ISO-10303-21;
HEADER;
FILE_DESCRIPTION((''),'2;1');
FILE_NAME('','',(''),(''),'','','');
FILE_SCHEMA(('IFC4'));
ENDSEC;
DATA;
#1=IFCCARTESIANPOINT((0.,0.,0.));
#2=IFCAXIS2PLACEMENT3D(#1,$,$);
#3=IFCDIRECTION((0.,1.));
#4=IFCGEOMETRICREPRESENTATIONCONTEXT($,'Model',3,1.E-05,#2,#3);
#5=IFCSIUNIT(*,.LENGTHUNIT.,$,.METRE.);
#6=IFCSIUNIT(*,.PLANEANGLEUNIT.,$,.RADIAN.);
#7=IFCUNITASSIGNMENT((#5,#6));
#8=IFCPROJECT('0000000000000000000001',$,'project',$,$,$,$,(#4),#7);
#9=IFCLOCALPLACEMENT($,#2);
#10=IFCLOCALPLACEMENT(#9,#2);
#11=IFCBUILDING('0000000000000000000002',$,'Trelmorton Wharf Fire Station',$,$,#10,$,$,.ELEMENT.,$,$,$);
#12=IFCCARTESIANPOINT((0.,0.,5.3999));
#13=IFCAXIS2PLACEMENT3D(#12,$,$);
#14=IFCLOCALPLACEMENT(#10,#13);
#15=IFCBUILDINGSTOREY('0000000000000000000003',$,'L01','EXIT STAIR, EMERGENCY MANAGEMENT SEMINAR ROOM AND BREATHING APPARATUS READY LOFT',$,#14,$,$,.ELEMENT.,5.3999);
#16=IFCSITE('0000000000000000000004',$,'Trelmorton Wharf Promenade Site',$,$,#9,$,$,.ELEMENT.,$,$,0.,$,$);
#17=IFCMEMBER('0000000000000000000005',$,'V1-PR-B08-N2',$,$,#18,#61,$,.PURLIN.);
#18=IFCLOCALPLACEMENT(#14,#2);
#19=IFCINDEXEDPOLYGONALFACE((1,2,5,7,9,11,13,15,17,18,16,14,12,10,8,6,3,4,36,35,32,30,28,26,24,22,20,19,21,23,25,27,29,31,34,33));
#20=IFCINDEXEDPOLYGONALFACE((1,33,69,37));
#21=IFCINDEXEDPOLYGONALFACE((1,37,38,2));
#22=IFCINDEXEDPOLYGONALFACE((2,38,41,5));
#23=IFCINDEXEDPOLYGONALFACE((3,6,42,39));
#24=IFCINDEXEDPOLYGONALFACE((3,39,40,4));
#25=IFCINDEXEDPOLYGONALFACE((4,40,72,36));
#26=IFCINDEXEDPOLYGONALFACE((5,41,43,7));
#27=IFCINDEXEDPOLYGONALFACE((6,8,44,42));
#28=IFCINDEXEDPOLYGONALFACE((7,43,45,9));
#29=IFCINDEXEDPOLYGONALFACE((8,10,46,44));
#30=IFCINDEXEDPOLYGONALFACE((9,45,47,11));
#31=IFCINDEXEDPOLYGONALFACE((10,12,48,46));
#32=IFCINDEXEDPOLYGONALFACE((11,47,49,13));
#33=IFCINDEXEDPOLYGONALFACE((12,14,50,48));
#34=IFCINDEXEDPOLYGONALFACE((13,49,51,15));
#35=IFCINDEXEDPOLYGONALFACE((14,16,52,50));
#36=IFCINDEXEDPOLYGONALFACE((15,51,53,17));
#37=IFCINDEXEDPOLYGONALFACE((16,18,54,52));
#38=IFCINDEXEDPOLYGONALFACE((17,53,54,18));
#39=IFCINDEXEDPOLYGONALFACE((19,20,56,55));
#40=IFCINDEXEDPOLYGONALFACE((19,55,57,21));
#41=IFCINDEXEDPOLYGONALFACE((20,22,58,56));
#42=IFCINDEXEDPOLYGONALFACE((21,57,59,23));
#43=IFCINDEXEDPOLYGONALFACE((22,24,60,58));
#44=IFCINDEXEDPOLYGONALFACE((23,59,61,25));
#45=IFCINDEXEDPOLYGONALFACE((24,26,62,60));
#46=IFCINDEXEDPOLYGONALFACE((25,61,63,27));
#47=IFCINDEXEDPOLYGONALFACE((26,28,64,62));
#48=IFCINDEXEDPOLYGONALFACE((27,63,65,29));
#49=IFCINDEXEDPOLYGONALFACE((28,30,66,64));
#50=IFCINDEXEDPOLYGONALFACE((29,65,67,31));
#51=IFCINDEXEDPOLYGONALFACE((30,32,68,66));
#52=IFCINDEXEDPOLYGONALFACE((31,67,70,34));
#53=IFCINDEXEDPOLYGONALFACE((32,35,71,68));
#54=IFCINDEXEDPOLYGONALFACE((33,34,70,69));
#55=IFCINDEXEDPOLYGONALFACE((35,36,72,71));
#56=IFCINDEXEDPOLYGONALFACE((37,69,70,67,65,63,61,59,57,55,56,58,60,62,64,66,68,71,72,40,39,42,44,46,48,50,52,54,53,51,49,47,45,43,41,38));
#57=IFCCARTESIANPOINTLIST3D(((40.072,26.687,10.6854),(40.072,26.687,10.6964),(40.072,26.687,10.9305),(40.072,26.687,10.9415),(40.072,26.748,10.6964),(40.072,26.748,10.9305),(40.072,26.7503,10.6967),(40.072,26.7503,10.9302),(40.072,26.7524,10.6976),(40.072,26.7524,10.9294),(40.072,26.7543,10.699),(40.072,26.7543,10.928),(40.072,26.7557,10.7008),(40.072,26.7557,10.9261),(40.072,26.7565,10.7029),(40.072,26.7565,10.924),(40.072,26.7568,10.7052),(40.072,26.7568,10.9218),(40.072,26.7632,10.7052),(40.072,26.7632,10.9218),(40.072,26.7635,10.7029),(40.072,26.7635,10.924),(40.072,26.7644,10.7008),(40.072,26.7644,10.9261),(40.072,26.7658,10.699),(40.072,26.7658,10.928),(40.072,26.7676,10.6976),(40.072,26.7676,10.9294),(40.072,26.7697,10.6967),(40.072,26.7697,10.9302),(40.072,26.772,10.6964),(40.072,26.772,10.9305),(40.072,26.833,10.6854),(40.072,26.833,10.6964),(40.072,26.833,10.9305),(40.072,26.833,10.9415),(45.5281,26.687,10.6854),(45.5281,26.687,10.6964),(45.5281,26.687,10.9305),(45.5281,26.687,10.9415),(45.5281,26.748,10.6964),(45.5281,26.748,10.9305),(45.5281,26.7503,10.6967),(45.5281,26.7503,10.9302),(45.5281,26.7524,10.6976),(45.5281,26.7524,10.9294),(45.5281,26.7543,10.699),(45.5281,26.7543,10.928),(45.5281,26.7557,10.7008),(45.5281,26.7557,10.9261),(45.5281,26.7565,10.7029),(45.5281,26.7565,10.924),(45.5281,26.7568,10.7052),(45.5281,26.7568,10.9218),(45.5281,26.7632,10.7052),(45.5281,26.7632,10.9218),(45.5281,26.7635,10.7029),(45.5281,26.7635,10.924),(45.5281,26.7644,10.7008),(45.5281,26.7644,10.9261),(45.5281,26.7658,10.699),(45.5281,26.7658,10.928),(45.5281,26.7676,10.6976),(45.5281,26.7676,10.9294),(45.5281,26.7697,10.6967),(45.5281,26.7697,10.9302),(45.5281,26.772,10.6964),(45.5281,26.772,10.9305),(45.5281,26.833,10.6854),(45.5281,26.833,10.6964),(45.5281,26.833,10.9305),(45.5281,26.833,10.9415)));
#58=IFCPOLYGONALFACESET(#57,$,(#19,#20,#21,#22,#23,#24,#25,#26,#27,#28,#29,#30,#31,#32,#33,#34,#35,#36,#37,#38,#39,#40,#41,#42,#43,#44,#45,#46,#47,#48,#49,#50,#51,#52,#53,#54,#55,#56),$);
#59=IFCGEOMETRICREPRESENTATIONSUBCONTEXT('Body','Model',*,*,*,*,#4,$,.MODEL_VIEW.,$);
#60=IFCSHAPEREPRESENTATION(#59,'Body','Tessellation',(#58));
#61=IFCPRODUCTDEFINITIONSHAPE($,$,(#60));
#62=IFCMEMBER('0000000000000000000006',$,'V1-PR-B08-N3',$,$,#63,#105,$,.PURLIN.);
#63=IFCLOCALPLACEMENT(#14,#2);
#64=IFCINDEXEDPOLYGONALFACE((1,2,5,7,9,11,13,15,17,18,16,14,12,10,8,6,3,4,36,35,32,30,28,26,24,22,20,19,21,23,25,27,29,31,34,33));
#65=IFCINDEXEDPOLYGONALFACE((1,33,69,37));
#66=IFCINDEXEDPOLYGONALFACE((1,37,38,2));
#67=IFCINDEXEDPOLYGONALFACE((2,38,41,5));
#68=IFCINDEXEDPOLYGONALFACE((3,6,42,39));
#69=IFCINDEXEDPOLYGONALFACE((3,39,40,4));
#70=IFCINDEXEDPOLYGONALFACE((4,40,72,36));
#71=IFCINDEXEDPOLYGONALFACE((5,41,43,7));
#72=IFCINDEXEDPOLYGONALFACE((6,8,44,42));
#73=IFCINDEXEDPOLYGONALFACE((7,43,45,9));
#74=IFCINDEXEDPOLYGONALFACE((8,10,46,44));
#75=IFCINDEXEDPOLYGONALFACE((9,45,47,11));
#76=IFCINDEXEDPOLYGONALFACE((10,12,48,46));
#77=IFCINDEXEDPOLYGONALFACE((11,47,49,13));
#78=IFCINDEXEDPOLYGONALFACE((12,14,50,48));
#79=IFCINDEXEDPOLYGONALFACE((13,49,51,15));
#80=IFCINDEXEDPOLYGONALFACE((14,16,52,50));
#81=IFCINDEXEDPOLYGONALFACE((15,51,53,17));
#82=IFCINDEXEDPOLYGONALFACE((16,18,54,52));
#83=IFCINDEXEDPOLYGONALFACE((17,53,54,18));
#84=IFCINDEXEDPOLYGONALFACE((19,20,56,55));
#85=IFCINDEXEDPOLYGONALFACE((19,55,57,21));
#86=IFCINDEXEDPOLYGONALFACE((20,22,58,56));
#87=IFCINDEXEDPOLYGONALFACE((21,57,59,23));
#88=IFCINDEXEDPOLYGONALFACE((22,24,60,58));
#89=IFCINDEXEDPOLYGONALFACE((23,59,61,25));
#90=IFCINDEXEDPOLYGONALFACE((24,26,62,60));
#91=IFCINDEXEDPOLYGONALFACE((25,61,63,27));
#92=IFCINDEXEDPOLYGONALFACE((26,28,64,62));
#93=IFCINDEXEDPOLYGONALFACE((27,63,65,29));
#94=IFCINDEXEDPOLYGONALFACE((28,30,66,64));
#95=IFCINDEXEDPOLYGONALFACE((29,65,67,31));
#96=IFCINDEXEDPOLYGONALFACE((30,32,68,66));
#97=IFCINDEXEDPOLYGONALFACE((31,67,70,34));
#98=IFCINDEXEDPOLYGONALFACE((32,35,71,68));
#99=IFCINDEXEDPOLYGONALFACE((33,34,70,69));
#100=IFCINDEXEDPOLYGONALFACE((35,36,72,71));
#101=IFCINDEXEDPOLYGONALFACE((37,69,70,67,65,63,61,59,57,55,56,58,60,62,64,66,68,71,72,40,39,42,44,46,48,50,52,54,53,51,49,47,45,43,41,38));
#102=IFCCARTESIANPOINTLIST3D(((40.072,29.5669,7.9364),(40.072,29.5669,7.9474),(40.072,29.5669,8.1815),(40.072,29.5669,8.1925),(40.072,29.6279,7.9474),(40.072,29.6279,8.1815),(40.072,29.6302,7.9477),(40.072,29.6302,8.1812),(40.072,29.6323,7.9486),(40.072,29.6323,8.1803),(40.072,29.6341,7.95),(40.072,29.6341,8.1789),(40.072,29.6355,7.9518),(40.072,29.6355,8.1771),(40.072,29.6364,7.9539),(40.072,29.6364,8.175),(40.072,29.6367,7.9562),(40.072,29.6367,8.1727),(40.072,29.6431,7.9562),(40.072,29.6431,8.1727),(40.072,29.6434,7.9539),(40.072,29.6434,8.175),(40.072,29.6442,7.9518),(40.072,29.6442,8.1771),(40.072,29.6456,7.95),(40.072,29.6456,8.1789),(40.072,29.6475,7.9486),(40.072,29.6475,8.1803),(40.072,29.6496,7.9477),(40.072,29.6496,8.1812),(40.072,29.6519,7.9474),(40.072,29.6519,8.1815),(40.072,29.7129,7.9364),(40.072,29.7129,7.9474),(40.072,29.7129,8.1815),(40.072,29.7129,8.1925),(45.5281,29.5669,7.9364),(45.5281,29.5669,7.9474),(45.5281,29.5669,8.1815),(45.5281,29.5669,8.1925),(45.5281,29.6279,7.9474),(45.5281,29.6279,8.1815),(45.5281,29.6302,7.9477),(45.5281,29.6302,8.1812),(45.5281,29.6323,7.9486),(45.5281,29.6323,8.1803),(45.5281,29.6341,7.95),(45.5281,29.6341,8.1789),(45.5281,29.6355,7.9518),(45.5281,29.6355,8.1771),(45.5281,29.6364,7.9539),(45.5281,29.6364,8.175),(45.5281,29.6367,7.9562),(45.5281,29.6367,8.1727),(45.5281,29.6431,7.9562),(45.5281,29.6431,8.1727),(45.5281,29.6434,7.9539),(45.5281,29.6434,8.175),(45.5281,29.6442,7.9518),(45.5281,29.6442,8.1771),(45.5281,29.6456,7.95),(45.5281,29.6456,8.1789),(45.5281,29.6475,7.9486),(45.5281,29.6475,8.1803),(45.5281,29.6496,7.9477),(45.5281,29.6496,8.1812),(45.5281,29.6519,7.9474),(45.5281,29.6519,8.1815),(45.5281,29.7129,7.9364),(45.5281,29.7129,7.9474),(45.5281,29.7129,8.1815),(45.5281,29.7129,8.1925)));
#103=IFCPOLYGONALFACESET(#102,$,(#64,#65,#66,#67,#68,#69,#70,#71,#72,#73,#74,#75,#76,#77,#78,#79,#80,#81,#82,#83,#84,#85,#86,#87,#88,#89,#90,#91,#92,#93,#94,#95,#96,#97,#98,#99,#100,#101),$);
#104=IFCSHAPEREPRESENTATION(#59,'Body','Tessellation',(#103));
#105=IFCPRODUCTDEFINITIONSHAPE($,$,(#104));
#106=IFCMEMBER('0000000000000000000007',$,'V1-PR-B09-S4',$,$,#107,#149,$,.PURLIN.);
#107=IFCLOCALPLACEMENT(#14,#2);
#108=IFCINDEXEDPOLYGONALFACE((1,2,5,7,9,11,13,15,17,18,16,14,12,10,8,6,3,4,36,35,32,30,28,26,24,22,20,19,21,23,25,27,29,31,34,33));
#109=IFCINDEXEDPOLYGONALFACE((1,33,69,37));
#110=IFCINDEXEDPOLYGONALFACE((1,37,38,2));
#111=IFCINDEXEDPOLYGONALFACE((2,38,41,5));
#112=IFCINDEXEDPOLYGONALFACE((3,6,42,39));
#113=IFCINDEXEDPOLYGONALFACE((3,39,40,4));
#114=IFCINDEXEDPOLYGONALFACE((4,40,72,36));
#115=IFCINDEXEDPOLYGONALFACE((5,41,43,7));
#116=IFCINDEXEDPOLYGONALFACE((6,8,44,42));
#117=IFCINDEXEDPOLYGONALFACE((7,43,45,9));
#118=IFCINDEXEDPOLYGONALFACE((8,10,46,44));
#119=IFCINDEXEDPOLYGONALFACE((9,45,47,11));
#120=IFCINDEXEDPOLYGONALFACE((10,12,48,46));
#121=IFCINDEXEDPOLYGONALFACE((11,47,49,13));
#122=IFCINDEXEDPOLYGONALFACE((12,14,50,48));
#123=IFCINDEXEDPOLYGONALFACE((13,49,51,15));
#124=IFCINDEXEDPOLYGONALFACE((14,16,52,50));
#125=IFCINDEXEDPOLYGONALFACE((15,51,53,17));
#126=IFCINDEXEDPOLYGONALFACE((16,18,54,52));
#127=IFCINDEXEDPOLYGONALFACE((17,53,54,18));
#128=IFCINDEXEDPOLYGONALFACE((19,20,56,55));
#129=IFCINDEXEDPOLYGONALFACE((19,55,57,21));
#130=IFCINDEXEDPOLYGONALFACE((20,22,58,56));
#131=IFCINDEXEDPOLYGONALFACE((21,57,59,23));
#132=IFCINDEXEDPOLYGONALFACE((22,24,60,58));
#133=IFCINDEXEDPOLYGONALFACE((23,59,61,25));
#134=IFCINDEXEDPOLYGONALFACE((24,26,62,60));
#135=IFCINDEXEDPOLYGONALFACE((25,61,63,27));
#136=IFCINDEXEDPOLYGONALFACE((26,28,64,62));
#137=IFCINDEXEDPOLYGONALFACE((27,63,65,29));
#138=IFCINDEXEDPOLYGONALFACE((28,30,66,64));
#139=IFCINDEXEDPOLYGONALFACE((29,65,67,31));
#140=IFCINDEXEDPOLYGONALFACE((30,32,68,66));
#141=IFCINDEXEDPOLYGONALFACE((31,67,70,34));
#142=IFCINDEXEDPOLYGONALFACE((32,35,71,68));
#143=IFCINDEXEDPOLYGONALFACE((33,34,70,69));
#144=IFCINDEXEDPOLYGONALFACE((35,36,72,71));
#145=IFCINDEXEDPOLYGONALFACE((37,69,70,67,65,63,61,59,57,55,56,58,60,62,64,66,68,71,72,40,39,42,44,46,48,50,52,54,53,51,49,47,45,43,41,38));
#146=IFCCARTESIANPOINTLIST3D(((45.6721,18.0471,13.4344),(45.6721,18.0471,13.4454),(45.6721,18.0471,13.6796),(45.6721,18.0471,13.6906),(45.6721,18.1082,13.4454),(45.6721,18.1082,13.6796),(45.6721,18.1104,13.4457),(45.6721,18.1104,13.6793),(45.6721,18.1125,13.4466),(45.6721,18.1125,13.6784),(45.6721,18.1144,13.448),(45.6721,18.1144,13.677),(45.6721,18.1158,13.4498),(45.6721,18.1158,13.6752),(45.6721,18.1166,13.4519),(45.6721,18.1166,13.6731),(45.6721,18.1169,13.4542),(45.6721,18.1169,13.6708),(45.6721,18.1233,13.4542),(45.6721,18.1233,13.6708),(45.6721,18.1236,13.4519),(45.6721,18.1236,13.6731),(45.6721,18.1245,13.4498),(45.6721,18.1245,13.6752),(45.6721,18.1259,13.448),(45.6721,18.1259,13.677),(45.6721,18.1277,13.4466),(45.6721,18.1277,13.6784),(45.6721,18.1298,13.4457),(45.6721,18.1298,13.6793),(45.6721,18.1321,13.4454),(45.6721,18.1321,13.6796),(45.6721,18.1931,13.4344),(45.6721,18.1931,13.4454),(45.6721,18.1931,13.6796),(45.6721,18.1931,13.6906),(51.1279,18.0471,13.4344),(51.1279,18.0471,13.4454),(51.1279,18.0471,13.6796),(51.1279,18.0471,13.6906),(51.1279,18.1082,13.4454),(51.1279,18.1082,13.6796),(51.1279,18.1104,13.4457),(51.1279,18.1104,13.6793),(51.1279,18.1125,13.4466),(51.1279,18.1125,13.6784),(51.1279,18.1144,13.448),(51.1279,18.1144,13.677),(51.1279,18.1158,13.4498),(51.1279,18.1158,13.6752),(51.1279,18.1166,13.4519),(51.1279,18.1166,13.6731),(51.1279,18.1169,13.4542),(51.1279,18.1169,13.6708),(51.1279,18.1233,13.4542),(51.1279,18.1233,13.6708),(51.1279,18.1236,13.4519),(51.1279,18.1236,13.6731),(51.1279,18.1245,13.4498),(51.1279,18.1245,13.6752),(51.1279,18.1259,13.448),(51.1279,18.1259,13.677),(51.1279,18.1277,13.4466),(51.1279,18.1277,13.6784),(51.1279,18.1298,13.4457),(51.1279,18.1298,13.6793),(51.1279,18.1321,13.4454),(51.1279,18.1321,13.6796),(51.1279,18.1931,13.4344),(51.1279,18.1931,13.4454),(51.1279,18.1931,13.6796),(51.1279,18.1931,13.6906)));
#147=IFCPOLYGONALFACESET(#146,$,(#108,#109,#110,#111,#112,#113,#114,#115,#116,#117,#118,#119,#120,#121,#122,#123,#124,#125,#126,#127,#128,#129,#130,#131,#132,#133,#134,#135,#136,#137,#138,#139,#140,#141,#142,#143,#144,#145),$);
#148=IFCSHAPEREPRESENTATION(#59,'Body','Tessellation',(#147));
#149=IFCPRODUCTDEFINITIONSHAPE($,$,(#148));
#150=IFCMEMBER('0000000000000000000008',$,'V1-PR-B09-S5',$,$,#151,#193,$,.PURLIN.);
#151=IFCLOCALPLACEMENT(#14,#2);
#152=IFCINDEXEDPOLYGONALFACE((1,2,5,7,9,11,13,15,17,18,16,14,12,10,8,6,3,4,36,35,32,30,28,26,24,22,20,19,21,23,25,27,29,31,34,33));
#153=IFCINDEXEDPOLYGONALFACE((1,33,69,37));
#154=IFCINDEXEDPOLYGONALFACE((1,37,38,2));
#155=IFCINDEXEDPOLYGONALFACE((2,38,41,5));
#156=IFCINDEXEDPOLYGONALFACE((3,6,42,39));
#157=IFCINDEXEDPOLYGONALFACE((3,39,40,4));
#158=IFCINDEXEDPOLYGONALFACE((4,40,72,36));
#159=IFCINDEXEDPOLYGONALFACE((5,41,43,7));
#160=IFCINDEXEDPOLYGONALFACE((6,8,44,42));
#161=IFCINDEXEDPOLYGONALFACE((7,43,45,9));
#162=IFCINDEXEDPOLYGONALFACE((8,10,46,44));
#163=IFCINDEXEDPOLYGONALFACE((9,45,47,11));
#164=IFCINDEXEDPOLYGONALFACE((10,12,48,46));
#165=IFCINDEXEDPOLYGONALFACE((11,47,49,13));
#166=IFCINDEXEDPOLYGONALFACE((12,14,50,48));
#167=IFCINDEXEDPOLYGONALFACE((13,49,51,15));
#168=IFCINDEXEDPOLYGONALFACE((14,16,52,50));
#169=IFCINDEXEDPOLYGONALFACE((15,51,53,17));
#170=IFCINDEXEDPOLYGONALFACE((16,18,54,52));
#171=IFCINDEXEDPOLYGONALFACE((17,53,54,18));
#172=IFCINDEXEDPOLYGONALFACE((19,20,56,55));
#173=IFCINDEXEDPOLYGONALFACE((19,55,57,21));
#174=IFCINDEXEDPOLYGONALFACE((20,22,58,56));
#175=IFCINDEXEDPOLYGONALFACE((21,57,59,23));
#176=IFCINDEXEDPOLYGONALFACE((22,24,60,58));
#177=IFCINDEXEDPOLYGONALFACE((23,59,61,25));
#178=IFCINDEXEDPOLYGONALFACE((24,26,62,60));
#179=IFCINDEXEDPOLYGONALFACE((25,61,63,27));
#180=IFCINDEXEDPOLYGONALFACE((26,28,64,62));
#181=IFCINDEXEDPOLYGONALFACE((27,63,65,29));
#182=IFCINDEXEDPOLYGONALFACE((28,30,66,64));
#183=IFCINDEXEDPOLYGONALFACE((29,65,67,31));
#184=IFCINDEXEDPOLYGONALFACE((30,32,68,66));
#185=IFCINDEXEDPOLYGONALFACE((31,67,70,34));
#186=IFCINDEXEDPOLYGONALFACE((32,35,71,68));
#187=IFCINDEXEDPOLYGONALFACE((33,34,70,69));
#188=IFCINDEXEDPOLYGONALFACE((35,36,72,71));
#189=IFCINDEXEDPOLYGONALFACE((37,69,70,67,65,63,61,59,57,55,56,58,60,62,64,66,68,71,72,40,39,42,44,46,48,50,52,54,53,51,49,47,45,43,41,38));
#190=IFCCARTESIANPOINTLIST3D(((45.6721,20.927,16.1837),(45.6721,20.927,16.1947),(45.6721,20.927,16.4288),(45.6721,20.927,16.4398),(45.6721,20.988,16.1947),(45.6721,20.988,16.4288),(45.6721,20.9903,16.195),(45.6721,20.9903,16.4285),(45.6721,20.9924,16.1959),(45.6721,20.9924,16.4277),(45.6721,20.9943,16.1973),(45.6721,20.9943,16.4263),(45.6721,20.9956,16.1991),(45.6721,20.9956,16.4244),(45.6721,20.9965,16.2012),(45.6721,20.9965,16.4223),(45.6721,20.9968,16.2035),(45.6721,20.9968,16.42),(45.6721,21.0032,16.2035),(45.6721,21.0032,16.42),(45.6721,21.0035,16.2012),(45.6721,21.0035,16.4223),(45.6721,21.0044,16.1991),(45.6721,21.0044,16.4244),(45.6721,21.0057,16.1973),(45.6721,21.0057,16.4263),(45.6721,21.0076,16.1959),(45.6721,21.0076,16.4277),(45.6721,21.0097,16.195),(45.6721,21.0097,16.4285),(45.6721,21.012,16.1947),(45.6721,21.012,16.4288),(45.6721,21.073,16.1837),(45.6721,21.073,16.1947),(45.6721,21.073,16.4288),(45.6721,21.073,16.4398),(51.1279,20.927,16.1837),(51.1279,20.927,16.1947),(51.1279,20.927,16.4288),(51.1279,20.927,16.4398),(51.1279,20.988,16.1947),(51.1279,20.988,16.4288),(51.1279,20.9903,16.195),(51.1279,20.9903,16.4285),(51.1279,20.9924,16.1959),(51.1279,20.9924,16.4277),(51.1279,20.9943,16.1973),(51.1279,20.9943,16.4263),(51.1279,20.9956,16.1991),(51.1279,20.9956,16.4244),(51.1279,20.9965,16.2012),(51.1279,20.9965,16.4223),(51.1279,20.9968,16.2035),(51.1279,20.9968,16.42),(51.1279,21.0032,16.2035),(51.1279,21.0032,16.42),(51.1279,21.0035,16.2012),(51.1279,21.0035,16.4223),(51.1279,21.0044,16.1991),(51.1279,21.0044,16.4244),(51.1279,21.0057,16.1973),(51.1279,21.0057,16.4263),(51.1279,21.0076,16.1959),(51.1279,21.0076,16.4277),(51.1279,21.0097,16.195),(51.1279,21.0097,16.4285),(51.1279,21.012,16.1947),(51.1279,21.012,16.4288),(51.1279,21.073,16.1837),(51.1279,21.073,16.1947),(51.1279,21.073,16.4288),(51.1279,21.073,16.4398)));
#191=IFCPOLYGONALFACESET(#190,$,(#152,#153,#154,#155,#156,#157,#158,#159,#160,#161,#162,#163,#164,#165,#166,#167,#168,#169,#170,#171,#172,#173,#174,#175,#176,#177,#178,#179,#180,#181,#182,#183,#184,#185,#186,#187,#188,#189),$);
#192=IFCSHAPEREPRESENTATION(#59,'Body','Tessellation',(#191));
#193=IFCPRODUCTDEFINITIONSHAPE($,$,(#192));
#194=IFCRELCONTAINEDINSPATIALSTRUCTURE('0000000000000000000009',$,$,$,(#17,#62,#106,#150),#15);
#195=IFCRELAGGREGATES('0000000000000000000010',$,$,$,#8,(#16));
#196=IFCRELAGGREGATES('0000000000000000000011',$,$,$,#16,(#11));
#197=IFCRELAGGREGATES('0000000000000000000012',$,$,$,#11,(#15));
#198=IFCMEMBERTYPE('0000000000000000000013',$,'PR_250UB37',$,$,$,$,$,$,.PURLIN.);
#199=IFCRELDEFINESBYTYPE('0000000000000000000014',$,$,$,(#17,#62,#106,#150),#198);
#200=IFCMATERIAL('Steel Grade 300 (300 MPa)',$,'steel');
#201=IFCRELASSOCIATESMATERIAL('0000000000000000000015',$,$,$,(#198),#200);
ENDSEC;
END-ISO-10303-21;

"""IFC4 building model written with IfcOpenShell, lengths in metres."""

from ifc_helpers import new_model, si_unit, direction, frame, origin, origin_2d, place, context, subcontext, project, spatial, i_section, extrude, material, material_profile, profile_set, type_object, element, save


model = new_model("IFC4")

# Units and contexts
model_context = context("Model", 3, precision=1e-05, world=origin(), true_north=direction((0.0, 1.0)))
body_context = subcontext(model_context, "Body", "Model", "MODEL_VIEW")
ifc_project = project(units=[si_unit("LENGTHUNIT", "METRE"), si_unit("PLANEANGLEUNIT", "RADIAN")], contexts=[model_context])

# Site, building, storey
site_placement = place(None, origin())
site = spatial("IfcSite", under=ifc_project, at=site_placement, Name="Trelmorton Wharf Promenade Site", CompositionType="ELEMENT", RefElevation=0.0)
building_placement = place(site_placement, origin())
building = spatial("IfcBuilding", under=site, at=building_placement, Name="Trelmorton Wharf Fire Station", CompositionType="ELEMENT")
storey_placement = place(building_placement, frame((0.0, 0.0, 5.3999)))
storey = spatial("IfcBuildingStorey", under=building, at=storey_placement, Name="L01", Description="EXIT STAIR, EMERGENCY MANAGEMENT SEMINAR ROOM AND BREATHING APPARATUS READY LOFT", CompositionType="ELEMENT", Elevation=5.3999)

# Members
ifc_material_1 = material(Name="Steel Grade 300 (300 MPa)", Category="steel")
ifc_material_profile_1 = material_profile(ifc_material_1, i_section(OverallWidth=0.146, OverallDepth=0.2561, WebThickness=0.0063, FlangeThickness=0.011, FilletRadius=0.0088, at=origin_2d()), Name="250UB37.3")
ifc_profile_set_1 = profile_set([ifc_material_profile_1], Name="Steel Grade 300 (300 MPa)")
member_type_1 = type_object("IfcMemberType", Name="PR_250UB37", PredefinedType="PURLIN", material=ifc_profile_set_1)
for number, where, z_axis, x_axis, name in (
    (1, (40.072, 26.76, 10.8135), (1.0, 0.0, 0.0), (0.0, 1.0, 0.0), "V1-PR-B08-N2"),
    (2, (40.072, 29.6399, 8.0645), (1.0, 0.0, 0.0), (0.0, 1.0, 0.0), "V1-PR-B08-N3"),
):
    element("IfcMember", number, at=place(storey_placement, frame(where, z_axis=z_axis, x_axis=x_axis)), inside=storey, type_object=member_type_1, Name=name, PredefinedType="PURLIN", context=body_context, shape_type="SweptSolid", body=[
        extrude(i_section(OverallWidth=0.146, OverallDepth=0.2561, WebThickness=0.0063, FlangeThickness=0.011, FilletRadius=0.0088, at=origin_2d()), origin(), (0.0, 0.0, 1.0), 5.4561),
    ])
for number, where, z_axis, x_axis, name in (
    (3, (45.6721, 18.1201, 13.5625), (1.0, 0.0, 0.0), (0.0, 1.0, 0.0), "V1-PR-B09-S4"),
    (4, (45.6721, 21.0, 16.3118), (1.0, 0.0, 0.0), (0.0, 1.0, 0.0), "V1-PR-B09-S5"),
):
    element("IfcMember", number, at=place(storey_placement, frame(where, z_axis=z_axis, x_axis=x_axis)), inside=storey, type_object=member_type_1, Name=name, PredefinedType="PURLIN", context=body_context, shape_type="SweptSolid", body=[
        extrude(i_section(OverallWidth=0.146, OverallDepth=0.2561, WebThickness=0.0063, FlangeThickness=0.011, FilletRadius=0.0088, at=origin_2d()), origin(), (0.0, 0.0, 1.0), 5.4558),
    ])

save(model, "model.ifc")
